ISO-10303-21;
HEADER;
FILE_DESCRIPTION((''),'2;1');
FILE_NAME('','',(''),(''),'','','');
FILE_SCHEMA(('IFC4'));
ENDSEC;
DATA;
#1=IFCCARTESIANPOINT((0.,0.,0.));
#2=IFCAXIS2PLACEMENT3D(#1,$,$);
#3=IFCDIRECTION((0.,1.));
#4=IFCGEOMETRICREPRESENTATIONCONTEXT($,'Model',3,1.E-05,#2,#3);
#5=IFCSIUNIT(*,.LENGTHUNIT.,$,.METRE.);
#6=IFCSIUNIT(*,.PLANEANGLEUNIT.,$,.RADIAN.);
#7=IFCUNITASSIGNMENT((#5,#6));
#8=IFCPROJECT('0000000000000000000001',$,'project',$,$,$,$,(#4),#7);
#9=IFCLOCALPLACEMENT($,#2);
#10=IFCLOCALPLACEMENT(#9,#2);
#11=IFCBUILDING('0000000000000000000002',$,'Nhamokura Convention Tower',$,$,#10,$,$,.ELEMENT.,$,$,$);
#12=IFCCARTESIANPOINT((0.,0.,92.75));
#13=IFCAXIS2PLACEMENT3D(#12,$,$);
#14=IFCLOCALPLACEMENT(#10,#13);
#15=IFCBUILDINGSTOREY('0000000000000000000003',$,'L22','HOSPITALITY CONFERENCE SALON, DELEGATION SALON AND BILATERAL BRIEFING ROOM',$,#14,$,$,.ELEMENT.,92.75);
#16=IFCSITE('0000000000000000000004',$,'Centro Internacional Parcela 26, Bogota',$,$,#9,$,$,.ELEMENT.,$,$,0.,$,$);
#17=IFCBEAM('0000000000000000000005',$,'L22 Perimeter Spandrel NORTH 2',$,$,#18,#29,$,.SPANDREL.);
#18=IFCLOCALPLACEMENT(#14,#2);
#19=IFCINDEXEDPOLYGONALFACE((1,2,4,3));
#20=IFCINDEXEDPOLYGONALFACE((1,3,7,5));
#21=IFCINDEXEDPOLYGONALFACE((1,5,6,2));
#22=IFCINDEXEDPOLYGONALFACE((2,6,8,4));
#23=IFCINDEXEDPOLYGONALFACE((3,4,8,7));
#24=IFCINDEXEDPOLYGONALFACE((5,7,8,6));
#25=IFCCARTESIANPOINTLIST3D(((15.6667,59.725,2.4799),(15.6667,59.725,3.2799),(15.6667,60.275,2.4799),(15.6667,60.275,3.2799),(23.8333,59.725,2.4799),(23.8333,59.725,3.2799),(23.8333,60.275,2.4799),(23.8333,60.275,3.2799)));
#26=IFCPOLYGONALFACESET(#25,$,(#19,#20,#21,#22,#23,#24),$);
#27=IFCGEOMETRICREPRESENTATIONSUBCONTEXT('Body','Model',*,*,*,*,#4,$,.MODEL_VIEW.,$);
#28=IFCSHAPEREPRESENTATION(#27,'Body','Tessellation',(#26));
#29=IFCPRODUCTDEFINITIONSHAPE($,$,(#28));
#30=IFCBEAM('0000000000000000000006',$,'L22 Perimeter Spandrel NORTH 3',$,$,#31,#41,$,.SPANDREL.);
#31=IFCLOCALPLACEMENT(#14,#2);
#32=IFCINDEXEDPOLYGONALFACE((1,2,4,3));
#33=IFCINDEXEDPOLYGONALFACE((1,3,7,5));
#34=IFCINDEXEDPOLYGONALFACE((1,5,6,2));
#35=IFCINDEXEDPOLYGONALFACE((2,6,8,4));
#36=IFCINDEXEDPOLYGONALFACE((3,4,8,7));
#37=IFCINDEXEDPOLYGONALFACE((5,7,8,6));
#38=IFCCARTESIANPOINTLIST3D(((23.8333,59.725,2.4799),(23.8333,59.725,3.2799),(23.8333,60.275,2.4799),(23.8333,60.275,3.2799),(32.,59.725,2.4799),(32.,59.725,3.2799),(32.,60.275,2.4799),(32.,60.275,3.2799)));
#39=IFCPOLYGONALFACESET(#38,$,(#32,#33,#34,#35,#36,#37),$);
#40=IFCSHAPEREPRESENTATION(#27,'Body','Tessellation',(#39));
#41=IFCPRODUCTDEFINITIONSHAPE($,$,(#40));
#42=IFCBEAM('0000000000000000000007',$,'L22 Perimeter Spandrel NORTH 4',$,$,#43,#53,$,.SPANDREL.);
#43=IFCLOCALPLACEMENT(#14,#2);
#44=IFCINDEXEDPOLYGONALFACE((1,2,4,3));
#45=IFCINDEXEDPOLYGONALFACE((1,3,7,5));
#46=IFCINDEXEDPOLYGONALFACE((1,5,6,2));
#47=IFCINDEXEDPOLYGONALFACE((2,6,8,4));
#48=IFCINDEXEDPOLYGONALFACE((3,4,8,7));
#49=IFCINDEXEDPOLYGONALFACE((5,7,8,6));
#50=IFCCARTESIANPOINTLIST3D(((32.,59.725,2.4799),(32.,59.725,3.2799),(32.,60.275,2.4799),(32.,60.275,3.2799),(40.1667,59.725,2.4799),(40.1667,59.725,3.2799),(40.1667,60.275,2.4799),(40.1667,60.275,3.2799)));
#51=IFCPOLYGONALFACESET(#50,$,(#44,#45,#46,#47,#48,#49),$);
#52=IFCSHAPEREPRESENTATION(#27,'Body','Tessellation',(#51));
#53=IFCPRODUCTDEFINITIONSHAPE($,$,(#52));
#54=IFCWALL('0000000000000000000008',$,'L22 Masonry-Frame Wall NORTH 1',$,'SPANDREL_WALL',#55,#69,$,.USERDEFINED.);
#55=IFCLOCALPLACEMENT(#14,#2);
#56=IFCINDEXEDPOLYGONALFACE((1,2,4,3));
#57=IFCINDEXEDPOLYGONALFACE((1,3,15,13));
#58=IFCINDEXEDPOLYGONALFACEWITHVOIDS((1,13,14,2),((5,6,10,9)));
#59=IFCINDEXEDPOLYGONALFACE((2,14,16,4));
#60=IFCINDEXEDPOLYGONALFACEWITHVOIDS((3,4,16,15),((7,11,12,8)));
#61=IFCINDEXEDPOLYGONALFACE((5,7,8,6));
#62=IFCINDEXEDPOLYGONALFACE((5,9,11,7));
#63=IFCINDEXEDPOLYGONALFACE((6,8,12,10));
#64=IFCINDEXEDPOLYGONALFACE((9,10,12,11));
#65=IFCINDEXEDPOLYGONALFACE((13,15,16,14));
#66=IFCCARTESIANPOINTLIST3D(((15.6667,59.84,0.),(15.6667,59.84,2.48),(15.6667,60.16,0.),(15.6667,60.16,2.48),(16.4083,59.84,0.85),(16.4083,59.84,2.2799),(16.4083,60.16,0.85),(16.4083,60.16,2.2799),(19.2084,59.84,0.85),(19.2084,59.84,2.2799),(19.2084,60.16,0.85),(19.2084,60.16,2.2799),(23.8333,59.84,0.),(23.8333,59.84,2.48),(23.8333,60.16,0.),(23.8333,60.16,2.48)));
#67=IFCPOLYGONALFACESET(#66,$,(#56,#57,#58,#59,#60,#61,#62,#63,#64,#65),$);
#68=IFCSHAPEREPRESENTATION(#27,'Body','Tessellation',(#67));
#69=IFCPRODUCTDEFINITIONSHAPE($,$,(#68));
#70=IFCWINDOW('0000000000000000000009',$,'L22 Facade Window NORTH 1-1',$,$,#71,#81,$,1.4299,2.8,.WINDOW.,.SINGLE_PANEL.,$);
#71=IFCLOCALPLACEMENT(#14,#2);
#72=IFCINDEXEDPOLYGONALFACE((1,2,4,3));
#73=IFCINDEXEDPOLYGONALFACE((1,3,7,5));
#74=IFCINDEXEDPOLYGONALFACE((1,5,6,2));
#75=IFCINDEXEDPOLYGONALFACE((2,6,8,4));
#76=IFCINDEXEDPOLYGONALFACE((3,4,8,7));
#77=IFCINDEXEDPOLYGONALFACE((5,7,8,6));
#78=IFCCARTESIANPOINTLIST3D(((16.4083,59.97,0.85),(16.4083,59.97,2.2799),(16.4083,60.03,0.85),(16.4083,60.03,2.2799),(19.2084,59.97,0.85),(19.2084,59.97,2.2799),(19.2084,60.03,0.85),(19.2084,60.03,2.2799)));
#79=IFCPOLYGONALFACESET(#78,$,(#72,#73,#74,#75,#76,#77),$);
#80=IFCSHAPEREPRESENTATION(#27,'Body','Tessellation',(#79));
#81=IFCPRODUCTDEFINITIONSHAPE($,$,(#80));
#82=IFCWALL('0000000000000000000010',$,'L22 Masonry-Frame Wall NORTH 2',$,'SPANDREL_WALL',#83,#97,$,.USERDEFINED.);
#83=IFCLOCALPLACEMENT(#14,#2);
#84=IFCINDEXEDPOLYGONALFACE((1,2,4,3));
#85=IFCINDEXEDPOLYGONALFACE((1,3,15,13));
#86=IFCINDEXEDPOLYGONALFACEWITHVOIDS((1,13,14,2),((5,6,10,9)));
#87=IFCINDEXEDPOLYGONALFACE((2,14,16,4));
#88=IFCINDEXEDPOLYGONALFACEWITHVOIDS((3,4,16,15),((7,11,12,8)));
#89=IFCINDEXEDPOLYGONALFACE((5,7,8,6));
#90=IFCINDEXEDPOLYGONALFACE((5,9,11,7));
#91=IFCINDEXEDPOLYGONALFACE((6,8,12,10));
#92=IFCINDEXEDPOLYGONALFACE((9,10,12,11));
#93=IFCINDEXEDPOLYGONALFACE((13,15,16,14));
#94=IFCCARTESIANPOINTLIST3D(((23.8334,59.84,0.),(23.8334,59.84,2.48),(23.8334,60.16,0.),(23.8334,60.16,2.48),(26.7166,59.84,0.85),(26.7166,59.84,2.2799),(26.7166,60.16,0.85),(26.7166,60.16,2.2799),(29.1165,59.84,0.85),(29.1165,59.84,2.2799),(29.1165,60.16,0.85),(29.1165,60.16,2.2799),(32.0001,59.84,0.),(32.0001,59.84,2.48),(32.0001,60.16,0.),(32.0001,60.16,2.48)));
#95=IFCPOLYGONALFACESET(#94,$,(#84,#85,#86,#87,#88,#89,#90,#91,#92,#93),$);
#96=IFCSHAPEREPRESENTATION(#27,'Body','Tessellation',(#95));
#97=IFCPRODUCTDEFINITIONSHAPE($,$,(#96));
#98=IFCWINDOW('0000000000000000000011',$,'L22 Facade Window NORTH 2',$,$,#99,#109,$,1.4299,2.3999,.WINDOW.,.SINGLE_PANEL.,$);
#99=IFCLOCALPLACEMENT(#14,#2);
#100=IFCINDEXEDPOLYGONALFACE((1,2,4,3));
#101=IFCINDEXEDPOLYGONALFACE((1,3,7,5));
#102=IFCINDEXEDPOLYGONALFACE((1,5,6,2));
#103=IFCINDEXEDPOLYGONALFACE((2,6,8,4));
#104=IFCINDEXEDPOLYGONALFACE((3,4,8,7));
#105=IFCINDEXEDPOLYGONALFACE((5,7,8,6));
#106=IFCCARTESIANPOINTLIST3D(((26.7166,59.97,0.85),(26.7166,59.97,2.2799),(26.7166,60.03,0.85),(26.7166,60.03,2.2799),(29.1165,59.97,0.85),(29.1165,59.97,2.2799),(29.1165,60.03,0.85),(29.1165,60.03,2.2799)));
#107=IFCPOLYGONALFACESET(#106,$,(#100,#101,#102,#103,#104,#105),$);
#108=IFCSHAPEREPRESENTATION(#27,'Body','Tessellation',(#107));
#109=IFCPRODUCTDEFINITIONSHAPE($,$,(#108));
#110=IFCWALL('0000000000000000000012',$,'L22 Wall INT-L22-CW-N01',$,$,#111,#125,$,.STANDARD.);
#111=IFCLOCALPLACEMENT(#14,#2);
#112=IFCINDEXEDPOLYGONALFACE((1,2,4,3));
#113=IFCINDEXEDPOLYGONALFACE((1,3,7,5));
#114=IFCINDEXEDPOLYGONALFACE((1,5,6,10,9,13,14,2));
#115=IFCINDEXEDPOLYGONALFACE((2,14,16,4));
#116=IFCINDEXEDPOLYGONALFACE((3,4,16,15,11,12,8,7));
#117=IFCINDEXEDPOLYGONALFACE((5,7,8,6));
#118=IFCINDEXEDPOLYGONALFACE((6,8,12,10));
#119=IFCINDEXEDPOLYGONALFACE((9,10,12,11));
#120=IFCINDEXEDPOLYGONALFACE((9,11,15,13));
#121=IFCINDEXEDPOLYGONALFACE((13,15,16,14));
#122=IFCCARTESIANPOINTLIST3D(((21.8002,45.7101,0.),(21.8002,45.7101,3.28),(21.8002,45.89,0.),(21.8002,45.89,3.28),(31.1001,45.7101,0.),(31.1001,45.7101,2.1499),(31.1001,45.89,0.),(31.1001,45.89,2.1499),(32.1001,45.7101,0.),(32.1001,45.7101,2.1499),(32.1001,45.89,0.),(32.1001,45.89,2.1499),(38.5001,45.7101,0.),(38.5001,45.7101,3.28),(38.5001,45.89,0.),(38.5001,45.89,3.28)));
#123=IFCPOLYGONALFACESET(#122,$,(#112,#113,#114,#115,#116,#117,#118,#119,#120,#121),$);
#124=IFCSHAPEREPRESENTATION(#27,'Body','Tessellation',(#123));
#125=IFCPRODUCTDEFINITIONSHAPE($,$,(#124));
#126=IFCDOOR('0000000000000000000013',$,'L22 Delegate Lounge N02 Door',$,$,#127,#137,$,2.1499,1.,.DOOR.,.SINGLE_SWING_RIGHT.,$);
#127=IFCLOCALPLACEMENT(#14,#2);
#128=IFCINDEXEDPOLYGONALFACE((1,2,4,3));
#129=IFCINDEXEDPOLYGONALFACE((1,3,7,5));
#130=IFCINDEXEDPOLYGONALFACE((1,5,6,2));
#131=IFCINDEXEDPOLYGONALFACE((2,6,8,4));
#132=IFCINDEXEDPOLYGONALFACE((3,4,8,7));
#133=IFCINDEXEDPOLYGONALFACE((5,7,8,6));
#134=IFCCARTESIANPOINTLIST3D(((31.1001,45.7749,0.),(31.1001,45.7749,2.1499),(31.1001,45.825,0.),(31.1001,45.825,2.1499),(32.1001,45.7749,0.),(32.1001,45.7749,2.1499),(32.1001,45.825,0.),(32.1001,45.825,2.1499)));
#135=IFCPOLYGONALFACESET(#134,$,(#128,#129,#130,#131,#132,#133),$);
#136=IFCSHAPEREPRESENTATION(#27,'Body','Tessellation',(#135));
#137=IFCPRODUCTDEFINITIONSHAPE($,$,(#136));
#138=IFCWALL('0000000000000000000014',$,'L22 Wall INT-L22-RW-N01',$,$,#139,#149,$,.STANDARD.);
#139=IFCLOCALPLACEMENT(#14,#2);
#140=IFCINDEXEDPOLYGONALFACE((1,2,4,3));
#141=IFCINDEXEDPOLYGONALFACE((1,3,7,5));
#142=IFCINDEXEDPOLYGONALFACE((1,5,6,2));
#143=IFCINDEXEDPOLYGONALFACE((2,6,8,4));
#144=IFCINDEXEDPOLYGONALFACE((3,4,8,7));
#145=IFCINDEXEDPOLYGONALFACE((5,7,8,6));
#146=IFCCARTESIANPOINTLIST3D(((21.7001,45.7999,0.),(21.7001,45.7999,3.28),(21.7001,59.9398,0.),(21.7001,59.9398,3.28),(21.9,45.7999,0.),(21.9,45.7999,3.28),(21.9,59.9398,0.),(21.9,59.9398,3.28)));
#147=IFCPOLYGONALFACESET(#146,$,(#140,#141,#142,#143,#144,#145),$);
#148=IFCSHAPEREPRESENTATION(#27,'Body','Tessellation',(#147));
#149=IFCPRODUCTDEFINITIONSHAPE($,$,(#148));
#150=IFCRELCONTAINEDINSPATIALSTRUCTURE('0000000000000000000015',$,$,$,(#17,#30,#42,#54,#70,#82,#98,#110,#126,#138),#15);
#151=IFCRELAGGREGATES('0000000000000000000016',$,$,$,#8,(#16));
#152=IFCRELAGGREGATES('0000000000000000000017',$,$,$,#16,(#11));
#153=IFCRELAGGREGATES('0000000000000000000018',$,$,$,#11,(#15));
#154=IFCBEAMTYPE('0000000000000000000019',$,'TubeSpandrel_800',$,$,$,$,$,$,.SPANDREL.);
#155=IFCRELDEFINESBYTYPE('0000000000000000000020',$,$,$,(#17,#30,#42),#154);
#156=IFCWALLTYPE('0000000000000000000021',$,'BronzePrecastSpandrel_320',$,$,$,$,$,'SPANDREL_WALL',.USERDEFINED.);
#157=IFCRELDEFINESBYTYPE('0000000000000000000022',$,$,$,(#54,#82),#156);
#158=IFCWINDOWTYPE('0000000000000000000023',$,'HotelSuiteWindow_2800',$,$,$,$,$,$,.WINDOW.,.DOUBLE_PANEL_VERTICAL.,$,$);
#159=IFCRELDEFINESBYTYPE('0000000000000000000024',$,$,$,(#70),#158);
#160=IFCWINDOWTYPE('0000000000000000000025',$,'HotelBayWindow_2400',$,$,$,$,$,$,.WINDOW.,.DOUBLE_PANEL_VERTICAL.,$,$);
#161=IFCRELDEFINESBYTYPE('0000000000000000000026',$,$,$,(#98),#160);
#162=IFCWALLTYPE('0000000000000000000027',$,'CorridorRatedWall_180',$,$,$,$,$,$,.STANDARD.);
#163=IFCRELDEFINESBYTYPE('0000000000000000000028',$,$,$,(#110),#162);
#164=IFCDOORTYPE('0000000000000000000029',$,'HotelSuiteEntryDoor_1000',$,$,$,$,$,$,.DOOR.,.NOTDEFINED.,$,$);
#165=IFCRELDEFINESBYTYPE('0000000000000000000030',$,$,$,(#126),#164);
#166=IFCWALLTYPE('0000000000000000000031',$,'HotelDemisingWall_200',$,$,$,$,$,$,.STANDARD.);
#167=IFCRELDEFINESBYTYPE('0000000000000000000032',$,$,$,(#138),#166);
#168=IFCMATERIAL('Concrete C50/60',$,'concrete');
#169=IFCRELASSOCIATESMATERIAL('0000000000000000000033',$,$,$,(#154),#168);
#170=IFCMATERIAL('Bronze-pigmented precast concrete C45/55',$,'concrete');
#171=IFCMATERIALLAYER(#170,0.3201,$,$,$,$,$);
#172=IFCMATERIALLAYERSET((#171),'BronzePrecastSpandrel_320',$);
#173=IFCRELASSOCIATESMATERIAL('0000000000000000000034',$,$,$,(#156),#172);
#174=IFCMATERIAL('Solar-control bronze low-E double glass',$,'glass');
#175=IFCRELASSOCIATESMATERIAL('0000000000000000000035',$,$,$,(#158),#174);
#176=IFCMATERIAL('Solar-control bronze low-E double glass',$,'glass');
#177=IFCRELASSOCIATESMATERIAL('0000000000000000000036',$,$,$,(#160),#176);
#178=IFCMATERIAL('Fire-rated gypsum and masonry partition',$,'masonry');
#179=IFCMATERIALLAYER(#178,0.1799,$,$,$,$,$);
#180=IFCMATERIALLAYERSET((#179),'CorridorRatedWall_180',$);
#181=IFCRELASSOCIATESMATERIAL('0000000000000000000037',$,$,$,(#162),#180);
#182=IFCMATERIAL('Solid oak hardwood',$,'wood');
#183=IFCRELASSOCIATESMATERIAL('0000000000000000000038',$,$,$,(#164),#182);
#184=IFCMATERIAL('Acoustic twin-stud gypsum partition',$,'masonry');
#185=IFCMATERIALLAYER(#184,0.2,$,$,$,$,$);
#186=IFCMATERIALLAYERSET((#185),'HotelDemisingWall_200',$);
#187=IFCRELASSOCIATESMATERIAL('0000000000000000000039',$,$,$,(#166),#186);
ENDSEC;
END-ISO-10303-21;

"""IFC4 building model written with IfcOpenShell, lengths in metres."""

from ifc_helpers import new_model, si_unit, direction, frame, frame_2d, origin, origin_2d, place, context, subcontext, project, spatial, rectangle, extrude, material, layer, layer_set, material_profile, profile_set, type_object, element, fill, save


model = new_model("IFC4")

# Units and contexts
model_context = context("Model", 3, precision=1e-05, world=origin(), true_north=direction((0.0, 1.0)))
body_context = subcontext(model_context, "Body", "Model", "MODEL_VIEW")
ifc_project = project(units=[si_unit("LENGTHUNIT", "METRE"), si_unit("PLANEANGLEUNIT", "RADIAN")], contexts=[model_context])

# Site, building, storey
site_placement = place(None, origin())
site = spatial("IfcSite", under=ifc_project, at=site_placement, Name="Centro Internacional Parcela 26, Bogota", CompositionType="ELEMENT", RefElevation=0.0)
building_placement = place(site_placement, origin())
building = spatial("IfcBuilding", under=site, at=building_placement, Name="Nhamokura Convention Tower", CompositionType="ELEMENT")
storey_placement = place(building_placement, frame((0.0, 0.0, 92.75)))
storey = spatial("IfcBuildingStorey", under=building, at=storey_placement, Name="L22", Description="HOSPITALITY CONFERENCE SALON, DELEGATION SALON AND BILATERAL BRIEFING ROOM", CompositionType="ELEMENT", Elevation=92.75)

# Beams
ifc_material_1 = material(Name="Concrete C50/60", Category="concrete")
ifc_material_profile_1 = material_profile(ifc_material_1, rectangle(XDim=0.55, YDim=0.8, at=origin_2d()))
ifc_profile_set_1 = profile_set([ifc_material_profile_1], Name="Concrete C50/60")
beam_type_1 = type_object("IfcBeamType", Name="TubeSpandrel_800", PredefinedType="SPANDREL", material=ifc_profile_set_1)
beam_1_placement = place(storey_placement, frame((15.6667, 60.0, 2.8799), z_axis=(1.0, 0.0, 0.0), x_axis=(0.0, 1.0, 0.0)))
element("IfcBeam", 1, at=beam_1_placement, inside=storey, type_object=beam_type_1, Name="L22 Perimeter Spandrel NORTH 2", PredefinedType="SPANDREL", context=body_context, shape_type="SweptSolid", body=[
    extrude(rectangle(XDim=0.55, YDim=0.8, at=origin_2d()), origin(), (0.0, 0.0, 1.0), 8.1665),
])
for number, where, z_axis, x_axis, name in (
    (2, (23.8333, 60.0, 2.8799), (1.0, 0.0, 0.0), (0.0, 1.0, 0.0), "L22 Perimeter Spandrel NORTH 3"),
    (3, (32.0, 60.0, 2.8799), (1.0, 0.0, 0.0), (0.0, 1.0, 0.0), "L22 Perimeter Spandrel NORTH 4"),
):
    element("IfcBeam", number, at=place(storey_placement, frame(where, z_axis=z_axis, x_axis=x_axis)), inside=storey, type_object=beam_type_1, Name=name, PredefinedType="SPANDREL", context=body_context, shape_type="SweptSolid", body=[
        extrude(rectangle(XDim=0.55, YDim=0.8, at=origin_2d()), origin(), (0.0, 0.0, 1.0), 8.1667),
    ])

# Walls, openings, windows
ifc_material_2 = material(Name="Bronze-pigmented precast concrete C45/55", Category="concrete")
ifc_layer_1 = layer(ifc_material_2, 0.3201)
ifc_layer_set_1 = layer_set([ifc_layer_1], Name="BronzePrecastSpandrel_320")
wall_type_1 = type_object("IfcWallType", Name="BronzePrecastSpandrel_320", ElementType="SPANDREL_WALL", PredefinedType="USERDEFINED", material=ifc_layer_set_1)
wall_1_placement = place(storey_placement, frame((15.6667, 60.0, 0.0), z_axis=(0.0, 0.0, 1.0), x_axis=(1.0, 0.0, 0.0)))
wall_1 = element("IfcWall", 4, at=wall_1_placement, inside=storey, type_object=wall_type_1, Name="L22 Masonry-Frame Wall NORTH 1", ObjectType="SPANDREL_WALL", PredefinedType="USERDEFINED", context=body_context, shape_type="SweptSolid", body=[
    extrude(rectangle(XDim=8.1665, YDim=0.3201, at=frame_2d((4.0833, 0.0))), origin(), (0.0, 0.0, 1.0), 2.48),
])
opening_1_placement = place(wall_1_placement, frame((0.7417, 0.0, 0.8501)))
opening_1 = element("IfcOpeningElement", 5, at=opening_1_placement, cuts=wall_1, PredefinedType="OPENING", context=body_context, shape_type="SweptSolid", body=[
    extrude(rectangle(XDim=2.8, YDim=1.4299, at=frame_2d((1.3999, 0.7148))), frame((0.0, 0.1699, 0.0), z_axis=(0.0, -1.0, 0.0), x_axis=(1.0, 0.0, 0.0)), (0.0, 0.0, 1.0), 0.3401),
])
ifc_material_3 = material(Name="Solar-control bronze low-E double glass", Category="glass")
window_type_1 = type_object("IfcWindowType", Name="HotelSuiteWindow_2800", PartitioningType="DOUBLE_PANEL_VERTICAL", PredefinedType="WINDOW", material=ifc_material_3)
window_1_placement = place(opening_1_placement, origin())
window_1 = element("IfcWindow", 6, at=window_1_placement, inside=storey, type_object=window_type_1, Name="L22 Facade Window NORTH 1-1", OverallHeight=1.4299, OverallWidth=2.8, PartitioningType="SINGLE_PANEL", PredefinedType="WINDOW", context=body_context, shape_type="SweptSolid", body=[
    extrude(rectangle(XDim=2.8, YDim=1.4299, at=frame_2d((1.3999, 0.7148))), frame((0.0, 0.03, 0.0), z_axis=(0.0, -1.0, 0.0), x_axis=(1.0, 0.0, 0.0)), (0.0, 0.0, 1.0), 0.0601),
])
fill(opening_1, window_1)
wall_2_placement = place(storey_placement, frame((23.8333, 60.0, 0.0), z_axis=(0.0, 0.0, 1.0), x_axis=(1.0, 0.0, 0.0)))
wall_2 = element("IfcWall", 7, at=wall_2_placement, inside=storey, type_object=wall_type_1, Name="L22 Masonry-Frame Wall NORTH 2", ObjectType="SPANDREL_WALL", PredefinedType="USERDEFINED", context=body_context, shape_type="SweptSolid", body=[
    extrude(rectangle(XDim=8.1667, YDim=0.3201, at=frame_2d((4.0835, 0.0))), origin(), (0.0, 0.0, 1.0), 2.48),
])
opening_2_placement = place(wall_2_placement, frame((2.8833, 0.0, 0.8501)))
opening_2 = element("IfcOpeningElement", 8, at=opening_2_placement, cuts=wall_2, PredefinedType="OPENING", context=body_context, shape_type="SweptSolid", body=[
    extrude(rectangle(XDim=2.3999, YDim=1.4299, at=frame_2d((1.2, 0.7148))), frame((0.0, 0.1699, 0.0), z_axis=(0.0, -1.0, 0.0), x_axis=(1.0, 0.0, 0.0)), (0.0, 0.0, 1.0), 0.3401),
])
ifc_material_4 = material(Name="Solar-control bronze low-E double glass", Category="glass")
window_type_2 = type_object("IfcWindowType", Name="HotelBayWindow_2400", PartitioningType="DOUBLE_PANEL_VERTICAL", PredefinedType="WINDOW", material=ifc_material_4)
window_2_placement = place(opening_2_placement, origin())
window_2 = element("IfcWindow", 9, at=window_2_placement, inside=storey, type_object=window_type_2, Name="L22 Facade Window NORTH 2", OverallHeight=1.4299, OverallWidth=2.3999, PartitioningType="SINGLE_PANEL", PredefinedType="WINDOW", context=body_context, shape_type="SweptSolid", body=[
    extrude(rectangle(XDim=2.3999, YDim=1.4299, at=frame_2d((1.2, 0.7148))), frame((0.0, 0.03, 0.0), z_axis=(0.0, -1.0, 0.0), x_axis=(1.0, 0.0, 0.0)), (0.0, 0.0, 1.0), 0.0601),
])
fill(opening_2, window_2)

# Wall, opening, door
ifc_material_5 = material(Name="Fire-rated gypsum and masonry partition", Category="masonry")
ifc_layer_2 = layer(ifc_material_5, 0.1799)
ifc_layer_set_2 = layer_set([ifc_layer_2], Name="CorridorRatedWall_180")
wall_type_2 = type_object("IfcWallType", Name="CorridorRatedWall_180", PredefinedType="STANDARD", material=ifc_layer_set_2)
wall_3_placement = place(storey_placement, frame((21.8, 45.8, 0.0), z_axis=(0.0, 0.0, 1.0), x_axis=(1.0, 0.0, 0.0)))
wall_3 = element("IfcWall", 10, at=wall_3_placement, inside=storey, type_object=wall_type_2, Name="L22 Wall INT-L22-CW-N01", PredefinedType="STANDARD", context=body_context, shape_type="SweptSolid", body=[
    extrude(rectangle(XDim=16.7, YDim=0.1799, at=frame_2d((8.3501, 0.0))), origin(), (0.0, 0.0, 1.0), 3.28),
])
opening_3_placement = place(wall_3_placement, frame((9.3, 0.0, 0.0)))
opening_3 = element("IfcOpeningElement", 11, at=opening_3_placement, cuts=wall_3, PredefinedType="OPENING", context=body_context, shape_type="SweptSolid", body=[
    extrude(rectangle(XDim=1.0, YDim=2.1499, at=frame_2d((0.5, 1.075))), frame((0.0, 0.0999, 0.0), z_axis=(0.0, -1.0, 0.0), x_axis=(1.0, 0.0, 0.0)), (0.0, 0.0, 1.0), 0.2),
])
ifc_material_6 = material(Name="Solid oak hardwood", Category="wood")
door_type = type_object("IfcDoorType", Name="HotelSuiteEntryDoor_1000", OperationType="NOTDEFINED", PredefinedType="DOOR", material=ifc_material_6)
door_placement = place(opening_3_placement, origin())
door = element("IfcDoor", 12, at=door_placement, inside=storey, type_object=door_type, Name="L22 Delegate Lounge N02 Door", OperationType="SINGLE_SWING_RIGHT", OverallHeight=2.1499, OverallWidth=1.0, PredefinedType="DOOR", context=body_context, shape_type="SweptSolid", body=[
    extrude(rectangle(XDim=1.0, YDim=2.1499, at=frame_2d((0.5, 1.075))), frame((0.0, 0.0249, 0.0), z_axis=(0.0, -1.0, 0.0), x_axis=(1.0, 0.0, 0.0)), (0.0, 0.0, 1.0), 0.05),
])
fill(opening_3, door)

# Wall
ifc_material_7 = material(Name="Acoustic twin-stud gypsum partition", Category="masonry")
ifc_layer_3 = layer(ifc_material_7, 0.2)
ifc_layer_set_3 = layer_set([ifc_layer_3], Name="HotelDemisingWall_200")
wall_type_3 = type_object("IfcWallType", Name="HotelDemisingWall_200", PredefinedType="STANDARD", material=ifc_layer_set_3)
wall_4_placement = place(storey_placement, frame((21.8, 45.8, 0.0), z_axis=(0.0, 0.0, 1.0), x_axis=(0.0, 1.0, 0.0)))
element("IfcWall", 13, at=wall_4_placement, inside=storey, type_object=wall_type_3, Name="L22 Wall INT-L22-RW-N01", PredefinedType="STANDARD", context=body_context, shape_type="SweptSolid", body=[
    extrude(rectangle(XDim=14.1399, YDim=0.2, at=frame_2d((7.0698, 0.0))), origin(), (0.0, 0.0, 1.0), 3.28),
])

save(model, "model.ifc")
